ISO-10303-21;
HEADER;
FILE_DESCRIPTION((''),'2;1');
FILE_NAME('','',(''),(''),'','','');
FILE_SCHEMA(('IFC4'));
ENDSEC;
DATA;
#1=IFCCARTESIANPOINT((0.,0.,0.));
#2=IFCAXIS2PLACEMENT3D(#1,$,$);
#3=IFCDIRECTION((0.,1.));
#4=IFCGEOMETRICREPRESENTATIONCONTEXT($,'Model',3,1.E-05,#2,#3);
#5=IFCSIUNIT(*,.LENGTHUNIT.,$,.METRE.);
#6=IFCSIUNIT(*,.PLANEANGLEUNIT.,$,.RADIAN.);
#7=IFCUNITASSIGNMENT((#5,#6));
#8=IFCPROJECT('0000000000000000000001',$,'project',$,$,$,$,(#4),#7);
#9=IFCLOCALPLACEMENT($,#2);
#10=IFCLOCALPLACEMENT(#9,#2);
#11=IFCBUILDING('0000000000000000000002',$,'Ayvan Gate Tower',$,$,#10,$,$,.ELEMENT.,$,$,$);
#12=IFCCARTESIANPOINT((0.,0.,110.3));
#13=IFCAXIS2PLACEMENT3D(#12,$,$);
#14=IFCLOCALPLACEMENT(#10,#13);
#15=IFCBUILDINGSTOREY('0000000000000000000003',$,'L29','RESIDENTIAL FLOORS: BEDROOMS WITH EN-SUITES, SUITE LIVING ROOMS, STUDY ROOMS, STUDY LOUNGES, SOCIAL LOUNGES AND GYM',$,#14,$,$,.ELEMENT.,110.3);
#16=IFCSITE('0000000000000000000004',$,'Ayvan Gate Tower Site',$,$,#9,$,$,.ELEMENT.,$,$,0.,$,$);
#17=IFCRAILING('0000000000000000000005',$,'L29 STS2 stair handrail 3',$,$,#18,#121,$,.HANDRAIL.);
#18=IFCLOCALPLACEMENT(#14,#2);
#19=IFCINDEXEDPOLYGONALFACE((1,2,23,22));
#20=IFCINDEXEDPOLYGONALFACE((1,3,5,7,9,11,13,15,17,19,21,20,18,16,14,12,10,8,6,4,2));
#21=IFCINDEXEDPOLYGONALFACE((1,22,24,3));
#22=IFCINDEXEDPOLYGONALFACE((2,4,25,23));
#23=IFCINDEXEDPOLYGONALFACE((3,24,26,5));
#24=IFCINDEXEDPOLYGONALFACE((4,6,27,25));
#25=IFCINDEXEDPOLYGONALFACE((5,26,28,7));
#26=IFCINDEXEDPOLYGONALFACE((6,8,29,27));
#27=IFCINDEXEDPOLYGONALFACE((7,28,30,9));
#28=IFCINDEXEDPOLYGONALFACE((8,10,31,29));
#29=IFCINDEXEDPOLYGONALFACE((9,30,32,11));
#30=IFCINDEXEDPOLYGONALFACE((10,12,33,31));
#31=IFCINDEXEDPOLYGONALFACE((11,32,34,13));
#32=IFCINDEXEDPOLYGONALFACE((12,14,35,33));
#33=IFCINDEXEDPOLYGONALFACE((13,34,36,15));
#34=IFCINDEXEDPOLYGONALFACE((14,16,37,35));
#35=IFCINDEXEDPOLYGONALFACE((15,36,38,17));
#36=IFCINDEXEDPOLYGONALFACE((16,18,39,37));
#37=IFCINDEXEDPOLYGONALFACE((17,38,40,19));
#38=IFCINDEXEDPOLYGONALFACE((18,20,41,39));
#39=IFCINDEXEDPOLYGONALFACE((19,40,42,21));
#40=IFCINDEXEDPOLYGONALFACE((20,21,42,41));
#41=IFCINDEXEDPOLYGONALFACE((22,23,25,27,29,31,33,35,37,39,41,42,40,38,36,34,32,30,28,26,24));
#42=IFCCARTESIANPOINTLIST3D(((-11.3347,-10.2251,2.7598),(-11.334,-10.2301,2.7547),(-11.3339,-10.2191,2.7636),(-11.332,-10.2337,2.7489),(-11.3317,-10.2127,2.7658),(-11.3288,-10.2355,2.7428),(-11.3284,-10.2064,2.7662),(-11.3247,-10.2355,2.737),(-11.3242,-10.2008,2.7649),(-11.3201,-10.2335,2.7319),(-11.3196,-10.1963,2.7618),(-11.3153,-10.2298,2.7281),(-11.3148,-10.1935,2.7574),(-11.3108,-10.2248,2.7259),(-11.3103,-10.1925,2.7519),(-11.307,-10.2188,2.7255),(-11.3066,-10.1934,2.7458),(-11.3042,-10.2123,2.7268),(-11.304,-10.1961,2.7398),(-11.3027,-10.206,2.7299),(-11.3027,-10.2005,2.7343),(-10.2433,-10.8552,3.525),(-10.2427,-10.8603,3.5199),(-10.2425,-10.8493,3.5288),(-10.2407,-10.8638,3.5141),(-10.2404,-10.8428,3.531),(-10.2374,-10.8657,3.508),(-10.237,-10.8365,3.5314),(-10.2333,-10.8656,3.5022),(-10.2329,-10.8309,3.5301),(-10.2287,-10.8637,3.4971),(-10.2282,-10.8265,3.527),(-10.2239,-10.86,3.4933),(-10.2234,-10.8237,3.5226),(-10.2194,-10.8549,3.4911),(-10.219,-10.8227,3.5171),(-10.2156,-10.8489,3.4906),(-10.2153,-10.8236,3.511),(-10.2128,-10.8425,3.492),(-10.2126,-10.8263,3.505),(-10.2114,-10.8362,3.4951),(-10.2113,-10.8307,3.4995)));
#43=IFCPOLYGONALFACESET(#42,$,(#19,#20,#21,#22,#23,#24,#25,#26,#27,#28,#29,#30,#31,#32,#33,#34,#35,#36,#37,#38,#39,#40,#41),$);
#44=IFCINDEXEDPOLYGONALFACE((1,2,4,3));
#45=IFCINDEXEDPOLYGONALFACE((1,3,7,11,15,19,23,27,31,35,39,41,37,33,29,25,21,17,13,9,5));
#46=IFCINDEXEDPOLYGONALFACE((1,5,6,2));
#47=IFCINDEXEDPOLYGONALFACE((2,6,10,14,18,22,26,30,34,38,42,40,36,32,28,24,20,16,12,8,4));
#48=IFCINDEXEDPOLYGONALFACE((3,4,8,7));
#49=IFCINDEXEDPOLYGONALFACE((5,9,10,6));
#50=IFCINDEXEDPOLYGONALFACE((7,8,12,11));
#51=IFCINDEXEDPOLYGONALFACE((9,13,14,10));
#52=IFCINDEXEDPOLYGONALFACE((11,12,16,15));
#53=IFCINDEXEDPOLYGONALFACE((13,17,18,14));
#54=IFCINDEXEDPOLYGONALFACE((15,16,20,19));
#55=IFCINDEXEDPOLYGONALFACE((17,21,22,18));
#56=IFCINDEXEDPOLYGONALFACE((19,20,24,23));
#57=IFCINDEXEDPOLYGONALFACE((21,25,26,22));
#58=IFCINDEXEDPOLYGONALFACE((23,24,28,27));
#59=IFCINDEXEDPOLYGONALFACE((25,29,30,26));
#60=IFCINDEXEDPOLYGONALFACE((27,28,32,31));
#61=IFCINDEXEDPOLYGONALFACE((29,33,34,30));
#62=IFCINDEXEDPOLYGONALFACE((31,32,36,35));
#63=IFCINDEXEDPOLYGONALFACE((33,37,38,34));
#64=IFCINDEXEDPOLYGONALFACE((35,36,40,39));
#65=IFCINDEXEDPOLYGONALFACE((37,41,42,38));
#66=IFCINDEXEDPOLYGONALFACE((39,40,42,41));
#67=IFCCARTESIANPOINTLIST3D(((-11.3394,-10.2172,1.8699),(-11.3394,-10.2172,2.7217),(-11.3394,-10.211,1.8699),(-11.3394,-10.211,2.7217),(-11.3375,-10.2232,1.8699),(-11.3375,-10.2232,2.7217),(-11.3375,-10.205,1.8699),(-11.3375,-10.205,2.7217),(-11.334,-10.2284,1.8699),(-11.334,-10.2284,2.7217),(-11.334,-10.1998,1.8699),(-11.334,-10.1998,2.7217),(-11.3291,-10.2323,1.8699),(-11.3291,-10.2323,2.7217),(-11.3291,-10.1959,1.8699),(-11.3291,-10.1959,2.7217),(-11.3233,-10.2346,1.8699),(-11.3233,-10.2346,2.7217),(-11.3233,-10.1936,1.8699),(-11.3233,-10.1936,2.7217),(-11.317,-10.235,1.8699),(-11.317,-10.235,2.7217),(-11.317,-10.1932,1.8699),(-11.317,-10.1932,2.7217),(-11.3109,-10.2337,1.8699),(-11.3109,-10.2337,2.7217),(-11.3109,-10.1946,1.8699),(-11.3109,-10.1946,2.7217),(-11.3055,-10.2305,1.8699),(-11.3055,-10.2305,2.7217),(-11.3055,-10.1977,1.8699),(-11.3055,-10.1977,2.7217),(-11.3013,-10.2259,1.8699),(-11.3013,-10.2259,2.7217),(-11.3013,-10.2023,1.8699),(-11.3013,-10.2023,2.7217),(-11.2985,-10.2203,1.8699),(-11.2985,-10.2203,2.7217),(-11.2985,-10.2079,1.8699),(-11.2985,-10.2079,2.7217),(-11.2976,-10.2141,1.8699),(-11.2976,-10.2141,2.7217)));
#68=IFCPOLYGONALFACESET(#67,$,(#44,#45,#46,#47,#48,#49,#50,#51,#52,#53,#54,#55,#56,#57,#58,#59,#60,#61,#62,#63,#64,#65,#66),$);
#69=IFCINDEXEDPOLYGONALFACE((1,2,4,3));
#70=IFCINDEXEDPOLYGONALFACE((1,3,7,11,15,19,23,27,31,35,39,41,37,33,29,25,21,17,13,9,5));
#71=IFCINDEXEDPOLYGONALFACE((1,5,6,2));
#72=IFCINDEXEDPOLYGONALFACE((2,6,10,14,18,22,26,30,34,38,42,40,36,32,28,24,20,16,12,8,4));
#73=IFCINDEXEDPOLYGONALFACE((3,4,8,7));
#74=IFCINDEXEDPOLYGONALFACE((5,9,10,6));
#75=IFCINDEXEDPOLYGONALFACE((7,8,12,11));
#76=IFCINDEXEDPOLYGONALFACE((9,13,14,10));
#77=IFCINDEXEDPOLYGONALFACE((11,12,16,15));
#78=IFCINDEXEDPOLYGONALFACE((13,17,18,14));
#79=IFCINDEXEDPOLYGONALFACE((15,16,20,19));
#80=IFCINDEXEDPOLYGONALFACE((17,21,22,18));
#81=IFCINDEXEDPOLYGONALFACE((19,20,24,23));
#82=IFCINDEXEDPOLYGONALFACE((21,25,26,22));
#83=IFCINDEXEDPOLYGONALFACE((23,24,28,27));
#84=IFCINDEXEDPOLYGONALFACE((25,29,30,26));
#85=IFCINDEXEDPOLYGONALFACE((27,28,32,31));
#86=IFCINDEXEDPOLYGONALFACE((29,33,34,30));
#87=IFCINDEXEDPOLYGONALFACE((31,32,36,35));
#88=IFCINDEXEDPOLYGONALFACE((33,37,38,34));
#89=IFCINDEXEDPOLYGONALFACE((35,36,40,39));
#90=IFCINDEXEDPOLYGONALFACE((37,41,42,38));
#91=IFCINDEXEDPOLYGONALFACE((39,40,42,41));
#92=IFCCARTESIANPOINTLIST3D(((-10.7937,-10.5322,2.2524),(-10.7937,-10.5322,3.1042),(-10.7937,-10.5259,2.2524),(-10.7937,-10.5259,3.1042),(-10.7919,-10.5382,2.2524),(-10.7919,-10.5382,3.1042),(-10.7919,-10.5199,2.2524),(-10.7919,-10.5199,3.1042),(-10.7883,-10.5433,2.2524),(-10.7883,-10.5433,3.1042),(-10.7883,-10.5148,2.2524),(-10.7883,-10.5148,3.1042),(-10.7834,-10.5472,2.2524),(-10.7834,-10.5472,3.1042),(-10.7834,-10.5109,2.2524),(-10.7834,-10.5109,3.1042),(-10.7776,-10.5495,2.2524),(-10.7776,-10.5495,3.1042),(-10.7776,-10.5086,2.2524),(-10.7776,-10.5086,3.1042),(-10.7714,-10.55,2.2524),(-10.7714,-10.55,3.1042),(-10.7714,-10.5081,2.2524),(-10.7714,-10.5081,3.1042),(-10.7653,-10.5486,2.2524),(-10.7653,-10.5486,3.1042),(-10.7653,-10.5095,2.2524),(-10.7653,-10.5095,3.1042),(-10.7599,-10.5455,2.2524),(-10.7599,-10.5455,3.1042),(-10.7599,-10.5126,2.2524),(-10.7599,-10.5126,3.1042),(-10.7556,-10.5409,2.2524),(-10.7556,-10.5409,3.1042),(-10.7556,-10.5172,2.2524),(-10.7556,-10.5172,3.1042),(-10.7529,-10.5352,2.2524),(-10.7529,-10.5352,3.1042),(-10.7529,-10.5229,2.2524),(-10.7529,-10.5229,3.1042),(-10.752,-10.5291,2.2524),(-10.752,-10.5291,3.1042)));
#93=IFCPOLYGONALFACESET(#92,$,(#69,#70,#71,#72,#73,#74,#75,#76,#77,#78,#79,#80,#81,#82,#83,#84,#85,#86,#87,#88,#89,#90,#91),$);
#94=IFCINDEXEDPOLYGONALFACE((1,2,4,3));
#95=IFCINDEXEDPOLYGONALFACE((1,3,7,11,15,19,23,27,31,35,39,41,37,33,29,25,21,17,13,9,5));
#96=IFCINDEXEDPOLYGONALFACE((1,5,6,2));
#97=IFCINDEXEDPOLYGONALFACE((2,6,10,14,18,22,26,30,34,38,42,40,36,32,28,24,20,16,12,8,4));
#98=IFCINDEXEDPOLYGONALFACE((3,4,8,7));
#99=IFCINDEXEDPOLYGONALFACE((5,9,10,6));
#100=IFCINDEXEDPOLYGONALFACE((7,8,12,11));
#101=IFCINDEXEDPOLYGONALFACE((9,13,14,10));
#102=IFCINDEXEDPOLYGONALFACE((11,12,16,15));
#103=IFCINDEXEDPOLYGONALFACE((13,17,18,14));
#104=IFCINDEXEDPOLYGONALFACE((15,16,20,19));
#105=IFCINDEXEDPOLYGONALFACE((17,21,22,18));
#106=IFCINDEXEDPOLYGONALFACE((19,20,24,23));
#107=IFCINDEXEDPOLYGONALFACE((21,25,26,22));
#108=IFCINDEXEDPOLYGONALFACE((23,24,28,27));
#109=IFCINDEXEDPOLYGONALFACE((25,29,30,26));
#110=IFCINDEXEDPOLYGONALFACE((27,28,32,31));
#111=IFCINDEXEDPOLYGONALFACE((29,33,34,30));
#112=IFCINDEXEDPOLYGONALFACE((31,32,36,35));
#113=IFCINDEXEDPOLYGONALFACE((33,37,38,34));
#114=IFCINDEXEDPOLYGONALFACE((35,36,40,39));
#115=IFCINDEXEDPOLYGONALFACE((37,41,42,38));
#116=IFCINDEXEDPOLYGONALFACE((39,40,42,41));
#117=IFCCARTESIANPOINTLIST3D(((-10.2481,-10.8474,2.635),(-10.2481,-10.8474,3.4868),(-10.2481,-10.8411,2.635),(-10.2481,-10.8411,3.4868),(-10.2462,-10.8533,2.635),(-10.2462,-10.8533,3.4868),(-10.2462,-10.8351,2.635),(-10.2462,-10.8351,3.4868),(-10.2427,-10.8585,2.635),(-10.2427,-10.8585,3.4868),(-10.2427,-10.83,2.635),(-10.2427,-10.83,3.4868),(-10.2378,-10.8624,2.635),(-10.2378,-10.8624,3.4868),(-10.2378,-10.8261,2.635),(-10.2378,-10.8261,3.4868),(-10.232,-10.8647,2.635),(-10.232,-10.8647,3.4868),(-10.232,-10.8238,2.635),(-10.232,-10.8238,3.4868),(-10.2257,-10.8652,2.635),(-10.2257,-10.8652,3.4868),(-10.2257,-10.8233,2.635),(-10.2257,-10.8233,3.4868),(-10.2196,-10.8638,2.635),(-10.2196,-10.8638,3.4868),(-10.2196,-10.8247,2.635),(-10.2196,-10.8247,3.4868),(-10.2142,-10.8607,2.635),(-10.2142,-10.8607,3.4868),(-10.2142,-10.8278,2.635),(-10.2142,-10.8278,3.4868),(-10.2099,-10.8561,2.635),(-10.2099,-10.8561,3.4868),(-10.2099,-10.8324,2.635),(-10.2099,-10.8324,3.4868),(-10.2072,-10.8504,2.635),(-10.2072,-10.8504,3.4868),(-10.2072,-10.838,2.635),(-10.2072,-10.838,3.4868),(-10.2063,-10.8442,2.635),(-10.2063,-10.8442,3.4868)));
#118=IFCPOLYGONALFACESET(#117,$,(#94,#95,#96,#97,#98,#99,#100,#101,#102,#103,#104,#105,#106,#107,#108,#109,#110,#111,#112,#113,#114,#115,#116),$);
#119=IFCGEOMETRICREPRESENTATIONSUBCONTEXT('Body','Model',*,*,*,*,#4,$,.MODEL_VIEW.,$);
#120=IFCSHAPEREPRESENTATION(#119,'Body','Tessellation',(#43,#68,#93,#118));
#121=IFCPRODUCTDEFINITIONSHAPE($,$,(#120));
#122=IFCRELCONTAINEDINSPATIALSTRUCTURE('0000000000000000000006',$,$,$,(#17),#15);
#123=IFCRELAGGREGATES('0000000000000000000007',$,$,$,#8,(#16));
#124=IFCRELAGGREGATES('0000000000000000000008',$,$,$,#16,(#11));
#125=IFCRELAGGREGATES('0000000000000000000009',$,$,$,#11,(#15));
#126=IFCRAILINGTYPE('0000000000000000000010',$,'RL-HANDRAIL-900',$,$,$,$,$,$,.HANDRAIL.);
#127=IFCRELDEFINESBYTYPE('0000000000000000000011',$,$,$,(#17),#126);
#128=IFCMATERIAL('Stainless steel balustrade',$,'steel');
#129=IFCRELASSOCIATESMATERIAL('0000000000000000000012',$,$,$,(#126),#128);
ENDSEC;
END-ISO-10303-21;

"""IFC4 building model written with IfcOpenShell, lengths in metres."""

from ifc_helpers import new_model, si_unit, direction, frame, origin, origin_2d, place, context, subcontext, project, spatial, circle, extrude, material, type_object, element, save


model = new_model("IFC4")

# Units and contexts
model_context = context("Model", 3, precision=1e-05, world=origin(), true_north=direction((0.0, 1.0)))
body_context = subcontext(model_context, "Body", "Model", "MODEL_VIEW")
ifc_project = project(units=[si_unit("LENGTHUNIT", "METRE"), si_unit("PLANEANGLEUNIT", "RADIAN")], contexts=[model_context])

# Site, building, storey
site_placement = place(None, origin())
site = spatial("IfcSite", under=ifc_project, at=site_placement, Name="Ayvan Gate Tower Site", CompositionType="ELEMENT", RefElevation=0.0)
building_placement = place(site_placement, origin())
building = spatial("IfcBuilding", under=site, at=building_placement, Name="Ayvan Gate Tower", CompositionType="ELEMENT")
storey_placement = place(building_placement, frame((0.0, 0.0, 110.3)))
storey = spatial("IfcBuildingStorey", under=building, at=storey_placement, Name="L29", Description="RESIDENTIAL FLOORS: BEDROOMS WITH EN-SUITES, SUITE LIVING ROOMS, STUDY ROOMS, STUDY LOUNGES, SOCIAL LOUNGES AND GYM", CompositionType="ELEMENT", Elevation=110.3)

# Railing
ifc_material_1 = material(Name="Stainless steel balustrade", Category="steel")
railing_type_1 = type_object("IfcRailingType", Name="RL-HANDRAIL-900", PredefinedType="HANDRAIL", material=ifc_material_1)
railing_1_placement = place(storey_placement, frame((-11.3186, -10.2141, 1.8699)))
element("IfcRailing", 1, at=railing_1_placement, inside=storey, type_object=railing_type_1, Name="L29 STS2 stair handrail 3", PredefinedType="HANDRAIL", context=body_context, shape_type="SweptSolid", body=[
    extrude(circle(Radius=0.0239, at=origin_2d()), frame((0.0, 0.0, 0.876), z_axis=(0.740241, -0.427419, 0.518996), x_axis=(0.500035, 0.866005, 0.0)), (0.0, 0.0, 1.0), 1.4744),
    extrude(circle(Radius=0.021, at=origin_2d()), origin(), (0.0, 0.0, 1.0), 0.8518),
    extrude(circle(Radius=0.021, at=origin_2d()), frame((0.5457, -0.3149, 0.3826)), (0.0, 0.0, 1.0), 0.8518),
    extrude(circle(Radius=0.021, at=origin_2d()), frame((1.0913, -0.6301, 0.7651)), (0.0, 0.0, 1.0), 0.8518),
])

save(model, "model.ifc")
